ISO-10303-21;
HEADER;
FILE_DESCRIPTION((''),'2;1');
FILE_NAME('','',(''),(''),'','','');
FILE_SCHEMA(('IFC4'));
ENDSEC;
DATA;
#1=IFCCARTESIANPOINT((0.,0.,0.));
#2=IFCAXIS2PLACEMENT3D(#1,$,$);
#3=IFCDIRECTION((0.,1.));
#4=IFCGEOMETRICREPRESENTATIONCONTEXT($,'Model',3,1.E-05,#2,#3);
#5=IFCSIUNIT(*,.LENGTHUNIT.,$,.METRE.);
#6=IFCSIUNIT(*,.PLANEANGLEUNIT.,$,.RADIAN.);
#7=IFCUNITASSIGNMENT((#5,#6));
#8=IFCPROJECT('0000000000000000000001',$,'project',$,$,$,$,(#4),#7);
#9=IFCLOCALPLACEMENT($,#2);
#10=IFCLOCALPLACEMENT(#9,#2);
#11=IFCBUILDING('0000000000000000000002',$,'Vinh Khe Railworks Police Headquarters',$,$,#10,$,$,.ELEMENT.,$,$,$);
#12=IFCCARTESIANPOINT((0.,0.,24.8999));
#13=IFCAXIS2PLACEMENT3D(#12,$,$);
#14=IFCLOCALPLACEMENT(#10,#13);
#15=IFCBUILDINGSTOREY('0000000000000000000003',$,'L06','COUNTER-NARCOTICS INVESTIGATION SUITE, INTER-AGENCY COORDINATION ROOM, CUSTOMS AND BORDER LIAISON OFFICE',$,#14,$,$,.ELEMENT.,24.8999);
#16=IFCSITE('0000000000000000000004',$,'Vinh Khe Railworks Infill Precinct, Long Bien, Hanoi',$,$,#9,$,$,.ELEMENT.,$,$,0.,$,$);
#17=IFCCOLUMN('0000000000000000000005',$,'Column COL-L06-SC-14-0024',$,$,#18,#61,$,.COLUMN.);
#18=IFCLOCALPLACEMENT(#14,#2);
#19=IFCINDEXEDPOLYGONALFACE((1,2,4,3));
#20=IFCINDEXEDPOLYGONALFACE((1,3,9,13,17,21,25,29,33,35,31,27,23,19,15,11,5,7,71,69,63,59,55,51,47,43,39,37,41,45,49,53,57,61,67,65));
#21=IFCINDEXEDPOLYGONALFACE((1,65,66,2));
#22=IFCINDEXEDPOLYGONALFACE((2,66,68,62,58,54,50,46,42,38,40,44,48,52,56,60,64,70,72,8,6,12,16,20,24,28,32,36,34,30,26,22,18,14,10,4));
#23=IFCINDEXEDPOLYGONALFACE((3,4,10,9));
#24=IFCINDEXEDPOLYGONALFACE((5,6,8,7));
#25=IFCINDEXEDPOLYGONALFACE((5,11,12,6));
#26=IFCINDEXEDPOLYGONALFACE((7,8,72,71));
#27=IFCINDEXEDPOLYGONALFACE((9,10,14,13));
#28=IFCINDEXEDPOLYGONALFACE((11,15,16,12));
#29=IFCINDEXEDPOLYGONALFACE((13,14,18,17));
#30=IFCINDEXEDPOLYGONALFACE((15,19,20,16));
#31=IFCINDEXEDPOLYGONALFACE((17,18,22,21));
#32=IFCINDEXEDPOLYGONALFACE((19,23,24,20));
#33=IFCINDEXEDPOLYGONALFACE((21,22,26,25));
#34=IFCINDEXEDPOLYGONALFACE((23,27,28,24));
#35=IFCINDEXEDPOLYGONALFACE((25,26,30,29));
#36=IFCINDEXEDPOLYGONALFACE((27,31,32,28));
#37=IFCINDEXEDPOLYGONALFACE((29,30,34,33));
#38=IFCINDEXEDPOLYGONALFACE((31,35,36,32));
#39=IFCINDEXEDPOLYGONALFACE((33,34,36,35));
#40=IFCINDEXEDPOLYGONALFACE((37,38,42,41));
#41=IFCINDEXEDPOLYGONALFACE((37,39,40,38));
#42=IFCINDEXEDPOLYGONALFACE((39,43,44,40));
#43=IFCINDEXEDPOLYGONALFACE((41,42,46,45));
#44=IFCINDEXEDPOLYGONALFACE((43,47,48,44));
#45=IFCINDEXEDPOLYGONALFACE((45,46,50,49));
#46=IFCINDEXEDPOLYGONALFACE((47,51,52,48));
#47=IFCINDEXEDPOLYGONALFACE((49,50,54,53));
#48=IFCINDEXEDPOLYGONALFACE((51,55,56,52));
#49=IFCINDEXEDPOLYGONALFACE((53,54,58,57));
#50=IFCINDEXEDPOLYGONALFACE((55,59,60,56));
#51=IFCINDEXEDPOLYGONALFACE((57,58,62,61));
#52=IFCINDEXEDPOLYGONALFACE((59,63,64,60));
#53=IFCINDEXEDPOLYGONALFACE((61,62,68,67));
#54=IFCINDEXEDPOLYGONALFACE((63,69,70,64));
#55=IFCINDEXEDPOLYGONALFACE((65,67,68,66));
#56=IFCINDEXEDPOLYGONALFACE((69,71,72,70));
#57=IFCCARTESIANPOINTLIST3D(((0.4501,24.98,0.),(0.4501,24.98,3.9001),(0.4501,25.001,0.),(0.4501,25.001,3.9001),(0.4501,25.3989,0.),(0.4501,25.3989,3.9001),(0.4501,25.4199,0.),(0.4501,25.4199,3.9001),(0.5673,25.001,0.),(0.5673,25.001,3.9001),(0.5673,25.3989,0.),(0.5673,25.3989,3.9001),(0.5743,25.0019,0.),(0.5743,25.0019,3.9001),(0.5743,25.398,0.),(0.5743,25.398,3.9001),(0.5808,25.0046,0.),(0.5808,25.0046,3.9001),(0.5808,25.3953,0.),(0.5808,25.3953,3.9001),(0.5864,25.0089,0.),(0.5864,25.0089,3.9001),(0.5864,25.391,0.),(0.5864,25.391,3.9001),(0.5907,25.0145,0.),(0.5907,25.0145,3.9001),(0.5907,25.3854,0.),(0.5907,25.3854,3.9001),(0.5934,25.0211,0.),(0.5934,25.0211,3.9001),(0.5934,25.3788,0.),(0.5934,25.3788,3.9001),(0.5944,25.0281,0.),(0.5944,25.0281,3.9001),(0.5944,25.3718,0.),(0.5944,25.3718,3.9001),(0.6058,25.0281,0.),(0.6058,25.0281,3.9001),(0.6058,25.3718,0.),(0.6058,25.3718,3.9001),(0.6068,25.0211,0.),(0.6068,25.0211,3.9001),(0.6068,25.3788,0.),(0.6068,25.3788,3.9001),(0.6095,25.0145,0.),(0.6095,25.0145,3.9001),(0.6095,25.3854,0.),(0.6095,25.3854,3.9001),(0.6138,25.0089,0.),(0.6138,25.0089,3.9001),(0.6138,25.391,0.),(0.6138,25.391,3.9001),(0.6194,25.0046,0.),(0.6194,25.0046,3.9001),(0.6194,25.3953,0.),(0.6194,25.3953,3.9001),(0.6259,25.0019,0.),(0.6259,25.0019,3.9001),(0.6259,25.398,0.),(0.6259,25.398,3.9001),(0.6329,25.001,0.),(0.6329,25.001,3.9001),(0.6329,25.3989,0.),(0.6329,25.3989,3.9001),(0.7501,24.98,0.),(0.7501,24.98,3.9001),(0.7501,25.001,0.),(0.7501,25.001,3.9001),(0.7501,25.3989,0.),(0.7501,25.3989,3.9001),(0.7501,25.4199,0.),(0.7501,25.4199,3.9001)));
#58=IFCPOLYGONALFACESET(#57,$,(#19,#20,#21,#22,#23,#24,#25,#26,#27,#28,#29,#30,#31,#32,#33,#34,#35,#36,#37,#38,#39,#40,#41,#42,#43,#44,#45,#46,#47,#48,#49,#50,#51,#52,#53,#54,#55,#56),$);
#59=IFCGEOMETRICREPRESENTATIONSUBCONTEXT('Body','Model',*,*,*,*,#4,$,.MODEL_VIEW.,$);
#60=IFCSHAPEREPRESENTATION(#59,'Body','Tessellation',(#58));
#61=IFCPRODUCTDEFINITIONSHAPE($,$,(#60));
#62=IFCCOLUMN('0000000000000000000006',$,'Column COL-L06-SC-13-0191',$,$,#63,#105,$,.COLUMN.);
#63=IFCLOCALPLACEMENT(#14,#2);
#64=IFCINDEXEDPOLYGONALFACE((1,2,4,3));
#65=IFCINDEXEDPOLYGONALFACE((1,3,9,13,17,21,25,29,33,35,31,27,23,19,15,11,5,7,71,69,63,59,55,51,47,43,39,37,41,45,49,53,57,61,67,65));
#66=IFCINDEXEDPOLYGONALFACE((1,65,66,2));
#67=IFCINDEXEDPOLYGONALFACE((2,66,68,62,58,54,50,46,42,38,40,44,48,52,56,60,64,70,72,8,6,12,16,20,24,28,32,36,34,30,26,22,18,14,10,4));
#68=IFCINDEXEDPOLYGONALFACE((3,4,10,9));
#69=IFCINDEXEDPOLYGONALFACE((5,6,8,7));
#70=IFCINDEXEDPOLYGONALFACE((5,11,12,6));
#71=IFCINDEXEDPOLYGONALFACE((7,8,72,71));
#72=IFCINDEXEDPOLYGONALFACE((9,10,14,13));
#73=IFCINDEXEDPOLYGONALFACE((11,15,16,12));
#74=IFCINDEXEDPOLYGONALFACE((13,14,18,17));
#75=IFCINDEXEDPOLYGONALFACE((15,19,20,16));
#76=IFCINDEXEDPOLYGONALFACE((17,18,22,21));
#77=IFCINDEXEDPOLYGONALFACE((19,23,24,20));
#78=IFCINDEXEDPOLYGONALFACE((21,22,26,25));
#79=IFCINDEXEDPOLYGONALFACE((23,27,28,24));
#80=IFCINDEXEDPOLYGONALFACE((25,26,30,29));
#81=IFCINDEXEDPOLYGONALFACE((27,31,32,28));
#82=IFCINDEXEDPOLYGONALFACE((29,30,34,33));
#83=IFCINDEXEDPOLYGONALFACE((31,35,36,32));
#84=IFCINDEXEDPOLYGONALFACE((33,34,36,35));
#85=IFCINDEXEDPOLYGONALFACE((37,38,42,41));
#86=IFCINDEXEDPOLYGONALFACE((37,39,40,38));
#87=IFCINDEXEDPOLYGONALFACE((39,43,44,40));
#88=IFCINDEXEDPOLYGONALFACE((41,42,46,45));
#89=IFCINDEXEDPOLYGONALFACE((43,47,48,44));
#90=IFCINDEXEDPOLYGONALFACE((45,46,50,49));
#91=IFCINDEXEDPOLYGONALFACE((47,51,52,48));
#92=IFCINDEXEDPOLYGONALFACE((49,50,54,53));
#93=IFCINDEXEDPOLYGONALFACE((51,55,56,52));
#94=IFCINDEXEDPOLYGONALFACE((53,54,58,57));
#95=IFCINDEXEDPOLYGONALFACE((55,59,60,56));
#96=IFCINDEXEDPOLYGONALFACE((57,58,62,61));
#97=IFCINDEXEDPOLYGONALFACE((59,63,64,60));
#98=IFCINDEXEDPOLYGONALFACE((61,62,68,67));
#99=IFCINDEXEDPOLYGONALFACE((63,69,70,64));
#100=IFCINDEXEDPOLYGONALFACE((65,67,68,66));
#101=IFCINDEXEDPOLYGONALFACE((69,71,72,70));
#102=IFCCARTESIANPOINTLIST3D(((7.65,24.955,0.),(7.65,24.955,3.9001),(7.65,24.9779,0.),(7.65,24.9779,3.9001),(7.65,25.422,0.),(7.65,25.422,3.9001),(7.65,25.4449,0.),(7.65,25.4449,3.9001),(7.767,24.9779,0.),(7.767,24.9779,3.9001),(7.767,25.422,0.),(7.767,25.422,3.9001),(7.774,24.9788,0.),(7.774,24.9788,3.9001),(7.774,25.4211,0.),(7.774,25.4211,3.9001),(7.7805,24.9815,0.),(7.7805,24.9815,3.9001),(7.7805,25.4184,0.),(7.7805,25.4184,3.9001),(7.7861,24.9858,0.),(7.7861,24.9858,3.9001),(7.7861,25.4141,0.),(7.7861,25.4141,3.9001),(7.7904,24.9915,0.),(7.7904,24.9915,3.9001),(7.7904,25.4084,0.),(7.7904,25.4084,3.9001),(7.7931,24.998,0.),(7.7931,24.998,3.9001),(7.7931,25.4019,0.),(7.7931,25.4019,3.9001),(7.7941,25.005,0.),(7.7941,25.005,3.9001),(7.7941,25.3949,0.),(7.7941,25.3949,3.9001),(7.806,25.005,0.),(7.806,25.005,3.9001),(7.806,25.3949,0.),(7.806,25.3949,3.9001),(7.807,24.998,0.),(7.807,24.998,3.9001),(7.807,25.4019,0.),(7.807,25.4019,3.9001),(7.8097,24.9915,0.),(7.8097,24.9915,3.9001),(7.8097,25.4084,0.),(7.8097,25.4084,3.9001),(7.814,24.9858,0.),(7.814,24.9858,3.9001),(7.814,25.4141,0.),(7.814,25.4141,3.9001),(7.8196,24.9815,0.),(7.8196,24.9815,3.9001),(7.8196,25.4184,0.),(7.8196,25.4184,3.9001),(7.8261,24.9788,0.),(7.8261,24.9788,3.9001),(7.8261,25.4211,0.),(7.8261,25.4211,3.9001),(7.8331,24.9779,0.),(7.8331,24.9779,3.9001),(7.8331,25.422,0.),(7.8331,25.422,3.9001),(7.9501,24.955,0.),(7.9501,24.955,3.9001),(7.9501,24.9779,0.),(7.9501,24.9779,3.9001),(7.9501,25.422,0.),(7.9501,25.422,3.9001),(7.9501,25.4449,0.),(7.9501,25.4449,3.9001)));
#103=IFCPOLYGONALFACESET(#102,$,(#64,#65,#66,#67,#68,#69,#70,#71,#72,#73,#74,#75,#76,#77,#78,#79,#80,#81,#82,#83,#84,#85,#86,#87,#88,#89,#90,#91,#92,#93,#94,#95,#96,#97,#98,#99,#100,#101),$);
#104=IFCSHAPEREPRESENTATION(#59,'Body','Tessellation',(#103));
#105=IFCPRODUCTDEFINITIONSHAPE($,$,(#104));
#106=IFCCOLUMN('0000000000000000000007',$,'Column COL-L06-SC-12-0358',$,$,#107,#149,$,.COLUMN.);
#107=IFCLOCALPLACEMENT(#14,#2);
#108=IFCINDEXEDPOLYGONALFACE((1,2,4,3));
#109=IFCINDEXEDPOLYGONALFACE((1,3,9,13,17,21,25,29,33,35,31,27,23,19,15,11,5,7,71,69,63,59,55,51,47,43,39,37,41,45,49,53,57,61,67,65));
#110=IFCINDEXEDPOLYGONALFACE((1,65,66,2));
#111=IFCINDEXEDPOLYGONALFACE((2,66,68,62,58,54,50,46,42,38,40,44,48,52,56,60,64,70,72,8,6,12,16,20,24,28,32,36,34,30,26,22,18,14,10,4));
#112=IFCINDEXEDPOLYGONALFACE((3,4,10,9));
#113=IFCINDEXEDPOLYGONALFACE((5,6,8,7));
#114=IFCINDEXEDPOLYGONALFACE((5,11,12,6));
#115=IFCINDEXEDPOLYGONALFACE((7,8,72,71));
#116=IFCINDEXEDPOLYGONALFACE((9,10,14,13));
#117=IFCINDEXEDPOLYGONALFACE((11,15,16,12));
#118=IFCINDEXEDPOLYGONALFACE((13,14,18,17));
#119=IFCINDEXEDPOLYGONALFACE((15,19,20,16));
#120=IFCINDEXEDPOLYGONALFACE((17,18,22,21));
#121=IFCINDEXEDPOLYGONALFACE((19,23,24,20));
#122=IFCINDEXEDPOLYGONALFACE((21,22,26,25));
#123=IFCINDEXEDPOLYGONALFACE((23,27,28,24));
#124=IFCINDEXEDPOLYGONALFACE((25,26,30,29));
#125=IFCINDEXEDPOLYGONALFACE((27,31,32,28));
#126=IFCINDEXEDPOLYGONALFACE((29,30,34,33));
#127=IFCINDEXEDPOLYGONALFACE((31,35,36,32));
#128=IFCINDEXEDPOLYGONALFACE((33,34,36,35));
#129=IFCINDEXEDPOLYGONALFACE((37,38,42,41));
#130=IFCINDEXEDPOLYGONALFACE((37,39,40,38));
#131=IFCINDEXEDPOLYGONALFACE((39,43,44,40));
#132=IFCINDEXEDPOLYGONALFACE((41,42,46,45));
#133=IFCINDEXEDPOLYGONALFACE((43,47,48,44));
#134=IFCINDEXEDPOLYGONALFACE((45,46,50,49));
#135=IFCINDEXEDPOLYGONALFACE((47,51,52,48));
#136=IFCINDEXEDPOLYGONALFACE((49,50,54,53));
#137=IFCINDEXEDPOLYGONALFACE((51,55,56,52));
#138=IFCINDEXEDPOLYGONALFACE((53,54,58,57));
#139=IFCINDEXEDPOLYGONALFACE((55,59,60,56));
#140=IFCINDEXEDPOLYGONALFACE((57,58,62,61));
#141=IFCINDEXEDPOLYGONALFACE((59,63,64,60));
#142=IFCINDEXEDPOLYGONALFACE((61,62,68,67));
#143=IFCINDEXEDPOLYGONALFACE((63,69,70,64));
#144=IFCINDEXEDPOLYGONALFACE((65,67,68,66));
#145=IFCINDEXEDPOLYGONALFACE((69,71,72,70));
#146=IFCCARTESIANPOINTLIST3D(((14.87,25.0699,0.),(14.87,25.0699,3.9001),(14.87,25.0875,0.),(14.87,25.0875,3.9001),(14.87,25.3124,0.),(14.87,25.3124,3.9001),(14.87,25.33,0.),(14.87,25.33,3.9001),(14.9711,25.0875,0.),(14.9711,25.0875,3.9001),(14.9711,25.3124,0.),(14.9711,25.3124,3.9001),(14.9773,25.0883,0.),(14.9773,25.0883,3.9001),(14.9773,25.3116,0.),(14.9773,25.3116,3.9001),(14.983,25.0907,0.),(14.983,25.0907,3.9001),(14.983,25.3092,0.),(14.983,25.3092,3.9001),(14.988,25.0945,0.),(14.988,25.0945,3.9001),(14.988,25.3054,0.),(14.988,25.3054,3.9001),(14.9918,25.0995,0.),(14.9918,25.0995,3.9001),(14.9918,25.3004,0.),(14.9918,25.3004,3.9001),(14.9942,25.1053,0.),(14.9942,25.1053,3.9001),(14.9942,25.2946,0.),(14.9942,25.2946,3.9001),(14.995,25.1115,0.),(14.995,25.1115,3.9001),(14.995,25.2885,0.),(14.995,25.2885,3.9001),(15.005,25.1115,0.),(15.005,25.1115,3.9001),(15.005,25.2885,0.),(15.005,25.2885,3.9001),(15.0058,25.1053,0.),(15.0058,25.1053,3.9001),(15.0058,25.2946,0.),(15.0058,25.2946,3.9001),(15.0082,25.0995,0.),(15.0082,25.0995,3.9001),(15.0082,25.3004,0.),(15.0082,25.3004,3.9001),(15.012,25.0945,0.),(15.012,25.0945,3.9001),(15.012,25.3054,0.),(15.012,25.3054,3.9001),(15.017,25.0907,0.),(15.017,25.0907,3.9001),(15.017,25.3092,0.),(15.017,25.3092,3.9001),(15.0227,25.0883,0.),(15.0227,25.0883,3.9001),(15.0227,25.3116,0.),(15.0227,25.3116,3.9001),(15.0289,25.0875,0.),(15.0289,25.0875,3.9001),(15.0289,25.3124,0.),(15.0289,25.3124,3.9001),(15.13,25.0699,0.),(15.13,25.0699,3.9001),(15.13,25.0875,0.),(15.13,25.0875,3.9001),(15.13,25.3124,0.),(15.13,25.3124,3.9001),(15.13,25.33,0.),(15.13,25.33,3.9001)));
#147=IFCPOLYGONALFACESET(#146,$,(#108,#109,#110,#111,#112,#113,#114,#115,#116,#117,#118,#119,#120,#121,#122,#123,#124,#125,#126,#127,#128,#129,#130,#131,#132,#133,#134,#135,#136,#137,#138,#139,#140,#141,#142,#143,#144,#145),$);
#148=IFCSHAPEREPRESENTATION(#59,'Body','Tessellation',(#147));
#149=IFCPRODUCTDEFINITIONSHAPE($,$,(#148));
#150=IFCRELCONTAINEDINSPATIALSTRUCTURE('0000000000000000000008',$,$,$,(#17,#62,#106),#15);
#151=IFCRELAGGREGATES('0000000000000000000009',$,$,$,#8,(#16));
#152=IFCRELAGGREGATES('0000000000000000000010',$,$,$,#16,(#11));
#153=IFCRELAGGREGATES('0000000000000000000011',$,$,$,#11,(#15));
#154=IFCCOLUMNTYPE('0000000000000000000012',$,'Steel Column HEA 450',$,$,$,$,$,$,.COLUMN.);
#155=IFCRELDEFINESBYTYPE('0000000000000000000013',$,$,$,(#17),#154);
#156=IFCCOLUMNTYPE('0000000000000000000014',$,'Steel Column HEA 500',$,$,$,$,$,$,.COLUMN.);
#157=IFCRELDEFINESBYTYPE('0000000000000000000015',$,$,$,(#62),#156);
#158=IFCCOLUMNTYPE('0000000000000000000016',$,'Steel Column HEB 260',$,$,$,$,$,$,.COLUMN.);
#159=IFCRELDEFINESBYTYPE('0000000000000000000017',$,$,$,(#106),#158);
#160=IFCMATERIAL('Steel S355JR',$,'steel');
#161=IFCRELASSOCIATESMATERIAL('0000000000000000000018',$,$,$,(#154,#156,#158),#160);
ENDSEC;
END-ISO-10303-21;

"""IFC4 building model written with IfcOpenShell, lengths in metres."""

from ifc_helpers import new_model, si_unit, direction, frame, origin, origin_2d, place, context, subcontext, project, spatial, i_section, extrude, material, material_profile, profile_set, type_object, element, save


model = new_model("IFC4")

# Units and contexts
model_context = context("Model", 3, precision=1e-05, world=origin(), true_north=direction((0.0, 1.0)))
body_context = subcontext(model_context, "Body", "Model", "MODEL_VIEW")
ifc_project = project(units=[si_unit("LENGTHUNIT", "METRE"), si_unit("PLANEANGLEUNIT", "RADIAN")], contexts=[model_context])

# Site, building, storey
site_placement = place(None, origin())
site = spatial("IfcSite", under=ifc_project, at=site_placement, Name="Vinh Khe Railworks Infill Precinct, Long Bien, Hanoi", CompositionType="ELEMENT", RefElevation=0.0)
building_placement = place(site_placement, origin())
building = spatial("IfcBuilding", under=site, at=building_placement, Name="Vinh Khe Railworks Police Headquarters", CompositionType="ELEMENT")
storey_placement = place(building_placement, frame((0.0, 0.0, 24.8999)))
storey = spatial("IfcBuildingStorey", under=building, at=storey_placement, Name="L06", Description="COUNTER-NARCOTICS INVESTIGATION SUITE, INTER-AGENCY COORDINATION ROOM, CUSTOMS AND BORDER LIAISON OFFICE", CompositionType="ELEMENT", Elevation=24.8999)

# Columns
ifc_material_1 = material(Name="Steel S355JR", Category="steel")
ifc_material_profile_1 = material_profile(ifc_material_1, i_section(OverallWidth=0.3, OverallDepth=0.4399, WebThickness=0.0115, FlangeThickness=0.021, FilletRadius=0.0271, at=origin_2d()), Name="HEA 450")
ifc_profile_set_1 = profile_set([ifc_material_profile_1], Name="Steel S355JR")
column_type_1 = type_object("IfcColumnType", Name="Steel Column HEA 450", PredefinedType="COLUMN", material=ifc_profile_set_1)
column_1_placement = place(storey_placement, frame((0.6001, 25.2, 0.0), z_axis=(0.0, 0.0, 1.0), x_axis=(1.0, 0.0, 0.0)))
element("IfcColumn", 1, at=column_1_placement, inside=storey, type_object=column_type_1, Name="Column COL-L06-SC-14-0024", PredefinedType="COLUMN", context=body_context, shape_type="SweptSolid", body=[
    extrude(i_section(OverallWidth=0.3, OverallDepth=0.4399, WebThickness=0.0115, FlangeThickness=0.021, FilletRadius=0.0271, at=origin_2d()), origin(), (0.0, 0.0, 1.0), 3.9001),
])
ifc_material_profile_2 = material_profile(ifc_material_1, i_section(OverallWidth=0.3, OverallDepth=0.49, WebThickness=0.012, FlangeThickness=0.0229, FilletRadius=0.0271, at=origin_2d()), Name="HEA 500")
ifc_profile_set_2 = profile_set([ifc_material_profile_2], Name="Steel S355JR")
column_type_2 = type_object("IfcColumnType", Name="Steel Column HEA 500", PredefinedType="COLUMN", material=ifc_profile_set_2)
column_2_placement = place(storey_placement, frame((7.8, 25.2, 0.0), z_axis=(0.0, 0.0, 1.0), x_axis=(1.0, 0.0, 0.0)))
element("IfcColumn", 2, at=column_2_placement, inside=storey, type_object=column_type_2, Name="Column COL-L06-SC-13-0191", PredefinedType="COLUMN", context=body_context, shape_type="SweptSolid", body=[
    extrude(i_section(OverallWidth=0.3, OverallDepth=0.49, WebThickness=0.012, FlangeThickness=0.0229, FilletRadius=0.0271, at=origin_2d()), origin(), (0.0, 0.0, 1.0), 3.9001),
])
ifc_material_profile_3 = material_profile(ifc_material_1, i_section(OverallWidth=0.26, OverallDepth=0.26, WebThickness=0.01, FlangeThickness=0.0176, FilletRadius=0.0239, at=origin_2d()), Name="HEB 260")
ifc_profile_set_3 = profile_set([ifc_material_profile_3], Name="Steel S355JR")
column_type_3 = type_object("IfcColumnType", Name="Steel Column HEB 260", PredefinedType="COLUMN", material=ifc_profile_set_3)
column_3_placement = place(storey_placement, frame((15.0, 25.2, 0.0), z_axis=(0.0, 0.0, 1.0), x_axis=(1.0, 0.0, 0.0)))
element("IfcColumn", 3, at=column_3_placement, inside=storey, type_object=column_type_3, Name="Column COL-L06-SC-12-0358", PredefinedType="COLUMN", context=body_context, shape_type="SweptSolid", body=[
    extrude(i_section(OverallWidth=0.26, OverallDepth=0.26, WebThickness=0.01, FlangeThickness=0.0176, FilletRadius=0.0239, at=origin_2d()), origin(), (0.0, 0.0, 1.0), 3.9001),
])

save(model, "model.ifc")
